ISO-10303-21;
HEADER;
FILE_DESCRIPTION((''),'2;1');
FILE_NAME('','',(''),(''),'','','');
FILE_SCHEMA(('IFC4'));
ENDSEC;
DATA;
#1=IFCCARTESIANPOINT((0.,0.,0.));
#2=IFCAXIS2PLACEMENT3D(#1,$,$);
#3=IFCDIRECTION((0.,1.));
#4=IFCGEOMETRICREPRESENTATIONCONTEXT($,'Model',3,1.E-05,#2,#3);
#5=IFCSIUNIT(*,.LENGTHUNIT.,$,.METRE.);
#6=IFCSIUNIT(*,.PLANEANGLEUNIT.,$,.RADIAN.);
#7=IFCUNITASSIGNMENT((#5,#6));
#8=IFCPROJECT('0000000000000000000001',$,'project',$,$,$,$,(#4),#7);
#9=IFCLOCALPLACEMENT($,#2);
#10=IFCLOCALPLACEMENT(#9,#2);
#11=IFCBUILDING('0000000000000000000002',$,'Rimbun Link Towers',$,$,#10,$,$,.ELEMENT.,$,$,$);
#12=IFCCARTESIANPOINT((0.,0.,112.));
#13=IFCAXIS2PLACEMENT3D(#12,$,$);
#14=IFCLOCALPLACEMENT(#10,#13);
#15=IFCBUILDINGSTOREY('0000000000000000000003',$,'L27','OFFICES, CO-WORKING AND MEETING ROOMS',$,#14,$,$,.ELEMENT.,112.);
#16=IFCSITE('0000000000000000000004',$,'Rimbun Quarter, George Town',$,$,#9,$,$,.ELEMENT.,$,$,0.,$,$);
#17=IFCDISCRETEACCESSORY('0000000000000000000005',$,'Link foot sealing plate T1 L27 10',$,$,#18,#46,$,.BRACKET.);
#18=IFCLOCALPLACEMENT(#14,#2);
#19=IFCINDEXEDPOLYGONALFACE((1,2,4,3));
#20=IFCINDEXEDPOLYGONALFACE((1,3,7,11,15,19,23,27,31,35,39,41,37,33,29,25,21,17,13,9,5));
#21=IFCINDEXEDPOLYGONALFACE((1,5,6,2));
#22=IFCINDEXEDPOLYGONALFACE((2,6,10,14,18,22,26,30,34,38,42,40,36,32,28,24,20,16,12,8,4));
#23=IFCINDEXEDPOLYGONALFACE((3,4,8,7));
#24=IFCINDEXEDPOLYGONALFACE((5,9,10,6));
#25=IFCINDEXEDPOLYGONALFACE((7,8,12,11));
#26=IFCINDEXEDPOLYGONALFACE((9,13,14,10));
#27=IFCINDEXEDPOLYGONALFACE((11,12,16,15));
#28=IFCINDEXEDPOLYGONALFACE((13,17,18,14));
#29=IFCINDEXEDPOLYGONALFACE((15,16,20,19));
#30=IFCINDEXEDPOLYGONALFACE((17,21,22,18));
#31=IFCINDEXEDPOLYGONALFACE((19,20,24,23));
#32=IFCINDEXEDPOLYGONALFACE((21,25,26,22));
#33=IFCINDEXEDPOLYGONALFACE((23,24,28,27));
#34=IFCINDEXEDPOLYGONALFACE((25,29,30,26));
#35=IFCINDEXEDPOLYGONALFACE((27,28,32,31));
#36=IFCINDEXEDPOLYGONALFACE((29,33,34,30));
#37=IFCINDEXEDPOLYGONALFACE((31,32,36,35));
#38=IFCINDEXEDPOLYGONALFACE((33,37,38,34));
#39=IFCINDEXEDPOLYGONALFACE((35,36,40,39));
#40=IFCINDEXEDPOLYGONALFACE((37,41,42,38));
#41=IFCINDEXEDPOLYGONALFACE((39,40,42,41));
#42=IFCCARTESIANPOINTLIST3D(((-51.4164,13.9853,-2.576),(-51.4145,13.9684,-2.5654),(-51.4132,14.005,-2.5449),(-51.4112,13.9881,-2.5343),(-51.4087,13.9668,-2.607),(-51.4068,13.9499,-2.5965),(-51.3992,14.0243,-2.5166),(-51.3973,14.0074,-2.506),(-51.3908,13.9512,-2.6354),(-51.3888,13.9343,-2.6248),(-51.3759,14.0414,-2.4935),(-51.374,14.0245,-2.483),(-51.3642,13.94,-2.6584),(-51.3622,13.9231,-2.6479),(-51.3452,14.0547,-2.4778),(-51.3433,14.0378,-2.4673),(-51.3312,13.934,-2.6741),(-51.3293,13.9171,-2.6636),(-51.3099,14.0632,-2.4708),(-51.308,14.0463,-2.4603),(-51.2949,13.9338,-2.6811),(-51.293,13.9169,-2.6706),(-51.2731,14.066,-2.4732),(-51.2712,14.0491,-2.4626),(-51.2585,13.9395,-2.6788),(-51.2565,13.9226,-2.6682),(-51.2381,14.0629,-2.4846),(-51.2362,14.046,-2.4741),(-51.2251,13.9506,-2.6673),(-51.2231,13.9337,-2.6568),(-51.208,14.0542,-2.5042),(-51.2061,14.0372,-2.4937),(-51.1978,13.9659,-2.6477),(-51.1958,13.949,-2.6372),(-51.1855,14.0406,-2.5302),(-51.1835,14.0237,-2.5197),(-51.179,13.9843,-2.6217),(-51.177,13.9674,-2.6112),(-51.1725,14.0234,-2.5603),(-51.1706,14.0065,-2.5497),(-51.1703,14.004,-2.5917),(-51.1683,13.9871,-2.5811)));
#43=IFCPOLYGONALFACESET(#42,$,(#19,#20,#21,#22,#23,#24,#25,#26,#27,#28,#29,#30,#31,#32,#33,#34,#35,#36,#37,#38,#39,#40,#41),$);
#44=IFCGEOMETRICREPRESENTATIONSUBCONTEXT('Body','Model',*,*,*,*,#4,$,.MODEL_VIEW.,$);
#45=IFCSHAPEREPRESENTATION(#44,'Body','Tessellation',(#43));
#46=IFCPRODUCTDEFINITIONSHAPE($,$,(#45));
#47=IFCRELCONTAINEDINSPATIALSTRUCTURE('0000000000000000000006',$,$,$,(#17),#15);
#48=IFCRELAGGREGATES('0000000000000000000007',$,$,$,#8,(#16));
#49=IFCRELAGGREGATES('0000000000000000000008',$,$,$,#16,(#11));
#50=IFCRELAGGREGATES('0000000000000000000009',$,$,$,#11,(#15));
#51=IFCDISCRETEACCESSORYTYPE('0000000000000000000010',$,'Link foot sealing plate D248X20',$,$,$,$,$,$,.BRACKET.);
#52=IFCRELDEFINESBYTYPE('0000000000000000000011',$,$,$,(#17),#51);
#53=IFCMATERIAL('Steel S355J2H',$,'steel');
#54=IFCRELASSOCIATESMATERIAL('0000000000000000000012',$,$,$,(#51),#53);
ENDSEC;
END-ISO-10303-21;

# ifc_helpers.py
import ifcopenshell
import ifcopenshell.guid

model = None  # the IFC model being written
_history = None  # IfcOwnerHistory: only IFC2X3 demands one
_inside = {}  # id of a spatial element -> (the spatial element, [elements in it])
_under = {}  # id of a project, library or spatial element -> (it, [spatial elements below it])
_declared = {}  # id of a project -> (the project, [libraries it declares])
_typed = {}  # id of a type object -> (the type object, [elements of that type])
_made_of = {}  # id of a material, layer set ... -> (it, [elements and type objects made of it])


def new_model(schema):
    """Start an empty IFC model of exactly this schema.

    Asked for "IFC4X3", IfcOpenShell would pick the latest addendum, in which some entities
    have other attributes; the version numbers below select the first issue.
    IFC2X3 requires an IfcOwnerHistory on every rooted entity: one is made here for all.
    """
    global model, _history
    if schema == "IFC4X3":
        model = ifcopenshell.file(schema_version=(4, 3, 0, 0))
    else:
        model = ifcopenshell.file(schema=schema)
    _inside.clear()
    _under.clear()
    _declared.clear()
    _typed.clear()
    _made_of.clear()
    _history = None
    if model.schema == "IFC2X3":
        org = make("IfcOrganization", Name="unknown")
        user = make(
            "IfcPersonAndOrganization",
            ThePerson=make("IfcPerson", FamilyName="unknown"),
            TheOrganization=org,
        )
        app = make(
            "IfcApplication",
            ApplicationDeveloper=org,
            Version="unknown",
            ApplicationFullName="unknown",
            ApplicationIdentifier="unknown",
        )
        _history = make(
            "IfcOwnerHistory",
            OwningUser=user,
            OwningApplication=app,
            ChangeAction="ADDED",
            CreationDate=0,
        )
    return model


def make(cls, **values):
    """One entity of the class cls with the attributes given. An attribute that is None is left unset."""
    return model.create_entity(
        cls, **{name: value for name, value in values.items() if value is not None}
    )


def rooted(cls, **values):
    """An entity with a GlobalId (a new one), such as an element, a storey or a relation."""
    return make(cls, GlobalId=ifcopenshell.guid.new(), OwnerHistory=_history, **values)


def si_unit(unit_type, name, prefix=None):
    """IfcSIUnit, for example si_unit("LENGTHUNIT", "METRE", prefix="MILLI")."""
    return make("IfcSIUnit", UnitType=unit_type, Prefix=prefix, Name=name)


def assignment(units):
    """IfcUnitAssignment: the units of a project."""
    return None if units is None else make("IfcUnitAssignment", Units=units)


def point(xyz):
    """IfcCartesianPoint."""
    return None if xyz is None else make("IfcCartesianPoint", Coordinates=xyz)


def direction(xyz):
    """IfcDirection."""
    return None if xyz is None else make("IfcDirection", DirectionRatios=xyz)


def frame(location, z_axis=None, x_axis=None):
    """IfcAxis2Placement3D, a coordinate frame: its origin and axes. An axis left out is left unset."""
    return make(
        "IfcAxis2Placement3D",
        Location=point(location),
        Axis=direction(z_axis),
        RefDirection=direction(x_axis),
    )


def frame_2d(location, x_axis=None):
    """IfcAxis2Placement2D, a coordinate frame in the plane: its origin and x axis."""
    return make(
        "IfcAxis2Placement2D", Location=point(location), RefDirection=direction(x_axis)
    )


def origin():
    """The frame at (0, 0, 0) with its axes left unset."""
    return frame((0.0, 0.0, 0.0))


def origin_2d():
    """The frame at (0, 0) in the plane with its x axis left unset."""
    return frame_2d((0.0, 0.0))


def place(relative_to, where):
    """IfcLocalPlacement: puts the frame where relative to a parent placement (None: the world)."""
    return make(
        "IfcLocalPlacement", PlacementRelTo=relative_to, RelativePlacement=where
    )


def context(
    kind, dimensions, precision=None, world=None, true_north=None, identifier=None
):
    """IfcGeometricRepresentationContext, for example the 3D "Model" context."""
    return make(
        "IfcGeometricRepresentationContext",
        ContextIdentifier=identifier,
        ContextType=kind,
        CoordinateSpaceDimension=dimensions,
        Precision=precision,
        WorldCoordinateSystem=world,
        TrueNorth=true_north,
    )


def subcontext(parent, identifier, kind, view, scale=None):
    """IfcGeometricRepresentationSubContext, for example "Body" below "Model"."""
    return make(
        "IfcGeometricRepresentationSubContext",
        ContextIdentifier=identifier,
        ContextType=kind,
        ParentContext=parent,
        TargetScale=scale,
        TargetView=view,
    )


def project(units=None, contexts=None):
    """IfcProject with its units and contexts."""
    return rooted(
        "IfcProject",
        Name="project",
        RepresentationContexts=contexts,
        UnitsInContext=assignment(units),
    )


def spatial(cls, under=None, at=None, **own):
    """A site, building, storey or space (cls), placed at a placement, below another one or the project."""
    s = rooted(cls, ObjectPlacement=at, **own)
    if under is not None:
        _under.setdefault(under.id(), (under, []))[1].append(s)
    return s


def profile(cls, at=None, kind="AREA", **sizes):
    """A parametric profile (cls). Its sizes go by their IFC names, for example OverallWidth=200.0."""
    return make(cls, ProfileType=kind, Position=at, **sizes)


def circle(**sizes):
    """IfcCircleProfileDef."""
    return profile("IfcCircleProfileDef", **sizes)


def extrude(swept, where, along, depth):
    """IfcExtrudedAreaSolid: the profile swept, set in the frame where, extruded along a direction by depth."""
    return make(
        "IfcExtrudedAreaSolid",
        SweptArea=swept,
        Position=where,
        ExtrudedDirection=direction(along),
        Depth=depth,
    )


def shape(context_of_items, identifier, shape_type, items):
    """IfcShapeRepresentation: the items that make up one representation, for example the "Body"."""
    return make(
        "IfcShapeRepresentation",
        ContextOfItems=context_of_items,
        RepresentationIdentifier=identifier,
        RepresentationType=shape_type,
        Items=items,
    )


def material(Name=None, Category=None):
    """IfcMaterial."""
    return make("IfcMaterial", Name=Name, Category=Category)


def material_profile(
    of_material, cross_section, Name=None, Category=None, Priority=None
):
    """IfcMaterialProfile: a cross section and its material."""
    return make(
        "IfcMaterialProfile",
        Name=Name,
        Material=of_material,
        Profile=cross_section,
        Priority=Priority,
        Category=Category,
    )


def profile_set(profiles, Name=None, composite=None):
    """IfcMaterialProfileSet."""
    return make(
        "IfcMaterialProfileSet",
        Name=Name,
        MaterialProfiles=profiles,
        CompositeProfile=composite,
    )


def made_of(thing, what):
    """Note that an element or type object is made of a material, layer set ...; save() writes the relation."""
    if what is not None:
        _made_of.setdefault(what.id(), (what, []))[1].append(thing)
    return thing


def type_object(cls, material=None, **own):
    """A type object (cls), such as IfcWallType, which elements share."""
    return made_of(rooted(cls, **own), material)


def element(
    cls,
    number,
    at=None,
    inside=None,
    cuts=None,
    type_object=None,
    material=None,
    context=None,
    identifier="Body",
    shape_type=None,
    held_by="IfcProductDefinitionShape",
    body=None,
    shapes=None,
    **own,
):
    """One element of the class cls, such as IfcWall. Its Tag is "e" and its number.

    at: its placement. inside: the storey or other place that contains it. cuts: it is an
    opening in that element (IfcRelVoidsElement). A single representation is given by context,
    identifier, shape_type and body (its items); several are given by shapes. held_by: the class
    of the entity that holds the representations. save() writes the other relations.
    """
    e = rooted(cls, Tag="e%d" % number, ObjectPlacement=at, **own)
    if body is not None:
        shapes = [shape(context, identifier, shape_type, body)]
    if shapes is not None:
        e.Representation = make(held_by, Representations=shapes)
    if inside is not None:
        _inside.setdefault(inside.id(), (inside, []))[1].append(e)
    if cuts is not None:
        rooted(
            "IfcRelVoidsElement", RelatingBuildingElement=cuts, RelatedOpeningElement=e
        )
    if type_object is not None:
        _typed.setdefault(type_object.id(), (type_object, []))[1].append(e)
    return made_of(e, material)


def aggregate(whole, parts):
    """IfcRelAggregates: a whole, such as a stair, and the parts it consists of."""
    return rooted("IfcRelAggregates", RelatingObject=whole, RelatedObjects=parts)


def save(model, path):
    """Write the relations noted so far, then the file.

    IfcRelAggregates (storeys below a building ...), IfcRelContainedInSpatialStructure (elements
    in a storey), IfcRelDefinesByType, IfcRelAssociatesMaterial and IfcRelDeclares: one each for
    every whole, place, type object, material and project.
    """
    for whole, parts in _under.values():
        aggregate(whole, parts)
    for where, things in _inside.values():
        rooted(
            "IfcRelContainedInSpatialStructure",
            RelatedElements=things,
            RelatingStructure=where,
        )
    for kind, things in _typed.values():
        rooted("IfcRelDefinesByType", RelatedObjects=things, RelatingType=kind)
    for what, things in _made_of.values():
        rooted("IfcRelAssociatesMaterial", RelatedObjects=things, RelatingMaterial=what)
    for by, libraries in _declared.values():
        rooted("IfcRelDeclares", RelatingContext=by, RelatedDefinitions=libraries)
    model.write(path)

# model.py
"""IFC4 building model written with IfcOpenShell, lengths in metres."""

from ifc_helpers import new_model, si_unit, direction, frame, origin, origin_2d, place, context, subcontext, project, spatial, circle, extrude, material, material_profile, profile_set, type_object, element, save


model = new_model("IFC4")

# Units and contexts
model_context = context("Model", 3, precision=1e-05, world=origin(), true_north=direction((0.0, 1.0)))
body_context = subcontext(model_context, "Body", "Model", "MODEL_VIEW")
ifc_project = project(units=[si_unit("LENGTHUNIT", "METRE"), si_unit("PLANEANGLEUNIT", "RADIAN")], contexts=[model_context])

# Site, building, storey
site_placement = place(None, origin())
site = spatial("IfcSite", under=ifc_project, at=site_placement, Name="Rimbun Quarter, George Town", CompositionType="ELEMENT", RefElevation=0.0)
building_placement = place(site_placement, origin())
building = spatial("IfcBuilding", under=site, at=building_placement, Name="Rimbun Link Towers", CompositionType="ELEMENT")
storey_placement = place(building_placement, frame((0.0, 0.0, 112.0)))
storey = spatial("IfcBuildingStorey", under=building, at=storey_placement, Name="L27", Description="OFFICES, CO-WORKING AND MEETING ROOMS", CompositionType="ELEMENT", Elevation=112.0)

# Discrete accessory
ifc_material_1 = material(Name="Steel S355J2H", Category="steel")
ifc_material_profile_1 = material_profile(ifc_material_1, circle(Radius=0.124, at=origin_2d()), Name="PL D248")
ifc_profile_set_1 = profile_set([ifc_material_profile_1], Name="Steel S355J2H")
discrete_accessory_type = type_object("IfcDiscreteAccessoryType", Name="Link foot sealing plate D248X20", PredefinedType="BRACKET", material=ifc_profile_set_1)
discrete_accessory_placement = place(storey_placement, frame((-51.2913, 13.9827, -2.5654), z_axis=(-0.097926, 0.84461, -0.526351), x_axis=(-0.993346, -0.115171, 0.0)))
element("IfcDiscreteAccessory", 1, at=discrete_accessory_placement, inside=storey, type_object=discrete_accessory_type, Name="Link foot sealing plate T1 L27 10", PredefinedType="BRACKET", context=body_context, shape_type="SweptSolid", body=[
    extrude(circle(Radius=0.124, at=origin_2d()), origin(), (0.0, 0.0, 1.0), 0.02),
])

save(model, "model.ifc")
